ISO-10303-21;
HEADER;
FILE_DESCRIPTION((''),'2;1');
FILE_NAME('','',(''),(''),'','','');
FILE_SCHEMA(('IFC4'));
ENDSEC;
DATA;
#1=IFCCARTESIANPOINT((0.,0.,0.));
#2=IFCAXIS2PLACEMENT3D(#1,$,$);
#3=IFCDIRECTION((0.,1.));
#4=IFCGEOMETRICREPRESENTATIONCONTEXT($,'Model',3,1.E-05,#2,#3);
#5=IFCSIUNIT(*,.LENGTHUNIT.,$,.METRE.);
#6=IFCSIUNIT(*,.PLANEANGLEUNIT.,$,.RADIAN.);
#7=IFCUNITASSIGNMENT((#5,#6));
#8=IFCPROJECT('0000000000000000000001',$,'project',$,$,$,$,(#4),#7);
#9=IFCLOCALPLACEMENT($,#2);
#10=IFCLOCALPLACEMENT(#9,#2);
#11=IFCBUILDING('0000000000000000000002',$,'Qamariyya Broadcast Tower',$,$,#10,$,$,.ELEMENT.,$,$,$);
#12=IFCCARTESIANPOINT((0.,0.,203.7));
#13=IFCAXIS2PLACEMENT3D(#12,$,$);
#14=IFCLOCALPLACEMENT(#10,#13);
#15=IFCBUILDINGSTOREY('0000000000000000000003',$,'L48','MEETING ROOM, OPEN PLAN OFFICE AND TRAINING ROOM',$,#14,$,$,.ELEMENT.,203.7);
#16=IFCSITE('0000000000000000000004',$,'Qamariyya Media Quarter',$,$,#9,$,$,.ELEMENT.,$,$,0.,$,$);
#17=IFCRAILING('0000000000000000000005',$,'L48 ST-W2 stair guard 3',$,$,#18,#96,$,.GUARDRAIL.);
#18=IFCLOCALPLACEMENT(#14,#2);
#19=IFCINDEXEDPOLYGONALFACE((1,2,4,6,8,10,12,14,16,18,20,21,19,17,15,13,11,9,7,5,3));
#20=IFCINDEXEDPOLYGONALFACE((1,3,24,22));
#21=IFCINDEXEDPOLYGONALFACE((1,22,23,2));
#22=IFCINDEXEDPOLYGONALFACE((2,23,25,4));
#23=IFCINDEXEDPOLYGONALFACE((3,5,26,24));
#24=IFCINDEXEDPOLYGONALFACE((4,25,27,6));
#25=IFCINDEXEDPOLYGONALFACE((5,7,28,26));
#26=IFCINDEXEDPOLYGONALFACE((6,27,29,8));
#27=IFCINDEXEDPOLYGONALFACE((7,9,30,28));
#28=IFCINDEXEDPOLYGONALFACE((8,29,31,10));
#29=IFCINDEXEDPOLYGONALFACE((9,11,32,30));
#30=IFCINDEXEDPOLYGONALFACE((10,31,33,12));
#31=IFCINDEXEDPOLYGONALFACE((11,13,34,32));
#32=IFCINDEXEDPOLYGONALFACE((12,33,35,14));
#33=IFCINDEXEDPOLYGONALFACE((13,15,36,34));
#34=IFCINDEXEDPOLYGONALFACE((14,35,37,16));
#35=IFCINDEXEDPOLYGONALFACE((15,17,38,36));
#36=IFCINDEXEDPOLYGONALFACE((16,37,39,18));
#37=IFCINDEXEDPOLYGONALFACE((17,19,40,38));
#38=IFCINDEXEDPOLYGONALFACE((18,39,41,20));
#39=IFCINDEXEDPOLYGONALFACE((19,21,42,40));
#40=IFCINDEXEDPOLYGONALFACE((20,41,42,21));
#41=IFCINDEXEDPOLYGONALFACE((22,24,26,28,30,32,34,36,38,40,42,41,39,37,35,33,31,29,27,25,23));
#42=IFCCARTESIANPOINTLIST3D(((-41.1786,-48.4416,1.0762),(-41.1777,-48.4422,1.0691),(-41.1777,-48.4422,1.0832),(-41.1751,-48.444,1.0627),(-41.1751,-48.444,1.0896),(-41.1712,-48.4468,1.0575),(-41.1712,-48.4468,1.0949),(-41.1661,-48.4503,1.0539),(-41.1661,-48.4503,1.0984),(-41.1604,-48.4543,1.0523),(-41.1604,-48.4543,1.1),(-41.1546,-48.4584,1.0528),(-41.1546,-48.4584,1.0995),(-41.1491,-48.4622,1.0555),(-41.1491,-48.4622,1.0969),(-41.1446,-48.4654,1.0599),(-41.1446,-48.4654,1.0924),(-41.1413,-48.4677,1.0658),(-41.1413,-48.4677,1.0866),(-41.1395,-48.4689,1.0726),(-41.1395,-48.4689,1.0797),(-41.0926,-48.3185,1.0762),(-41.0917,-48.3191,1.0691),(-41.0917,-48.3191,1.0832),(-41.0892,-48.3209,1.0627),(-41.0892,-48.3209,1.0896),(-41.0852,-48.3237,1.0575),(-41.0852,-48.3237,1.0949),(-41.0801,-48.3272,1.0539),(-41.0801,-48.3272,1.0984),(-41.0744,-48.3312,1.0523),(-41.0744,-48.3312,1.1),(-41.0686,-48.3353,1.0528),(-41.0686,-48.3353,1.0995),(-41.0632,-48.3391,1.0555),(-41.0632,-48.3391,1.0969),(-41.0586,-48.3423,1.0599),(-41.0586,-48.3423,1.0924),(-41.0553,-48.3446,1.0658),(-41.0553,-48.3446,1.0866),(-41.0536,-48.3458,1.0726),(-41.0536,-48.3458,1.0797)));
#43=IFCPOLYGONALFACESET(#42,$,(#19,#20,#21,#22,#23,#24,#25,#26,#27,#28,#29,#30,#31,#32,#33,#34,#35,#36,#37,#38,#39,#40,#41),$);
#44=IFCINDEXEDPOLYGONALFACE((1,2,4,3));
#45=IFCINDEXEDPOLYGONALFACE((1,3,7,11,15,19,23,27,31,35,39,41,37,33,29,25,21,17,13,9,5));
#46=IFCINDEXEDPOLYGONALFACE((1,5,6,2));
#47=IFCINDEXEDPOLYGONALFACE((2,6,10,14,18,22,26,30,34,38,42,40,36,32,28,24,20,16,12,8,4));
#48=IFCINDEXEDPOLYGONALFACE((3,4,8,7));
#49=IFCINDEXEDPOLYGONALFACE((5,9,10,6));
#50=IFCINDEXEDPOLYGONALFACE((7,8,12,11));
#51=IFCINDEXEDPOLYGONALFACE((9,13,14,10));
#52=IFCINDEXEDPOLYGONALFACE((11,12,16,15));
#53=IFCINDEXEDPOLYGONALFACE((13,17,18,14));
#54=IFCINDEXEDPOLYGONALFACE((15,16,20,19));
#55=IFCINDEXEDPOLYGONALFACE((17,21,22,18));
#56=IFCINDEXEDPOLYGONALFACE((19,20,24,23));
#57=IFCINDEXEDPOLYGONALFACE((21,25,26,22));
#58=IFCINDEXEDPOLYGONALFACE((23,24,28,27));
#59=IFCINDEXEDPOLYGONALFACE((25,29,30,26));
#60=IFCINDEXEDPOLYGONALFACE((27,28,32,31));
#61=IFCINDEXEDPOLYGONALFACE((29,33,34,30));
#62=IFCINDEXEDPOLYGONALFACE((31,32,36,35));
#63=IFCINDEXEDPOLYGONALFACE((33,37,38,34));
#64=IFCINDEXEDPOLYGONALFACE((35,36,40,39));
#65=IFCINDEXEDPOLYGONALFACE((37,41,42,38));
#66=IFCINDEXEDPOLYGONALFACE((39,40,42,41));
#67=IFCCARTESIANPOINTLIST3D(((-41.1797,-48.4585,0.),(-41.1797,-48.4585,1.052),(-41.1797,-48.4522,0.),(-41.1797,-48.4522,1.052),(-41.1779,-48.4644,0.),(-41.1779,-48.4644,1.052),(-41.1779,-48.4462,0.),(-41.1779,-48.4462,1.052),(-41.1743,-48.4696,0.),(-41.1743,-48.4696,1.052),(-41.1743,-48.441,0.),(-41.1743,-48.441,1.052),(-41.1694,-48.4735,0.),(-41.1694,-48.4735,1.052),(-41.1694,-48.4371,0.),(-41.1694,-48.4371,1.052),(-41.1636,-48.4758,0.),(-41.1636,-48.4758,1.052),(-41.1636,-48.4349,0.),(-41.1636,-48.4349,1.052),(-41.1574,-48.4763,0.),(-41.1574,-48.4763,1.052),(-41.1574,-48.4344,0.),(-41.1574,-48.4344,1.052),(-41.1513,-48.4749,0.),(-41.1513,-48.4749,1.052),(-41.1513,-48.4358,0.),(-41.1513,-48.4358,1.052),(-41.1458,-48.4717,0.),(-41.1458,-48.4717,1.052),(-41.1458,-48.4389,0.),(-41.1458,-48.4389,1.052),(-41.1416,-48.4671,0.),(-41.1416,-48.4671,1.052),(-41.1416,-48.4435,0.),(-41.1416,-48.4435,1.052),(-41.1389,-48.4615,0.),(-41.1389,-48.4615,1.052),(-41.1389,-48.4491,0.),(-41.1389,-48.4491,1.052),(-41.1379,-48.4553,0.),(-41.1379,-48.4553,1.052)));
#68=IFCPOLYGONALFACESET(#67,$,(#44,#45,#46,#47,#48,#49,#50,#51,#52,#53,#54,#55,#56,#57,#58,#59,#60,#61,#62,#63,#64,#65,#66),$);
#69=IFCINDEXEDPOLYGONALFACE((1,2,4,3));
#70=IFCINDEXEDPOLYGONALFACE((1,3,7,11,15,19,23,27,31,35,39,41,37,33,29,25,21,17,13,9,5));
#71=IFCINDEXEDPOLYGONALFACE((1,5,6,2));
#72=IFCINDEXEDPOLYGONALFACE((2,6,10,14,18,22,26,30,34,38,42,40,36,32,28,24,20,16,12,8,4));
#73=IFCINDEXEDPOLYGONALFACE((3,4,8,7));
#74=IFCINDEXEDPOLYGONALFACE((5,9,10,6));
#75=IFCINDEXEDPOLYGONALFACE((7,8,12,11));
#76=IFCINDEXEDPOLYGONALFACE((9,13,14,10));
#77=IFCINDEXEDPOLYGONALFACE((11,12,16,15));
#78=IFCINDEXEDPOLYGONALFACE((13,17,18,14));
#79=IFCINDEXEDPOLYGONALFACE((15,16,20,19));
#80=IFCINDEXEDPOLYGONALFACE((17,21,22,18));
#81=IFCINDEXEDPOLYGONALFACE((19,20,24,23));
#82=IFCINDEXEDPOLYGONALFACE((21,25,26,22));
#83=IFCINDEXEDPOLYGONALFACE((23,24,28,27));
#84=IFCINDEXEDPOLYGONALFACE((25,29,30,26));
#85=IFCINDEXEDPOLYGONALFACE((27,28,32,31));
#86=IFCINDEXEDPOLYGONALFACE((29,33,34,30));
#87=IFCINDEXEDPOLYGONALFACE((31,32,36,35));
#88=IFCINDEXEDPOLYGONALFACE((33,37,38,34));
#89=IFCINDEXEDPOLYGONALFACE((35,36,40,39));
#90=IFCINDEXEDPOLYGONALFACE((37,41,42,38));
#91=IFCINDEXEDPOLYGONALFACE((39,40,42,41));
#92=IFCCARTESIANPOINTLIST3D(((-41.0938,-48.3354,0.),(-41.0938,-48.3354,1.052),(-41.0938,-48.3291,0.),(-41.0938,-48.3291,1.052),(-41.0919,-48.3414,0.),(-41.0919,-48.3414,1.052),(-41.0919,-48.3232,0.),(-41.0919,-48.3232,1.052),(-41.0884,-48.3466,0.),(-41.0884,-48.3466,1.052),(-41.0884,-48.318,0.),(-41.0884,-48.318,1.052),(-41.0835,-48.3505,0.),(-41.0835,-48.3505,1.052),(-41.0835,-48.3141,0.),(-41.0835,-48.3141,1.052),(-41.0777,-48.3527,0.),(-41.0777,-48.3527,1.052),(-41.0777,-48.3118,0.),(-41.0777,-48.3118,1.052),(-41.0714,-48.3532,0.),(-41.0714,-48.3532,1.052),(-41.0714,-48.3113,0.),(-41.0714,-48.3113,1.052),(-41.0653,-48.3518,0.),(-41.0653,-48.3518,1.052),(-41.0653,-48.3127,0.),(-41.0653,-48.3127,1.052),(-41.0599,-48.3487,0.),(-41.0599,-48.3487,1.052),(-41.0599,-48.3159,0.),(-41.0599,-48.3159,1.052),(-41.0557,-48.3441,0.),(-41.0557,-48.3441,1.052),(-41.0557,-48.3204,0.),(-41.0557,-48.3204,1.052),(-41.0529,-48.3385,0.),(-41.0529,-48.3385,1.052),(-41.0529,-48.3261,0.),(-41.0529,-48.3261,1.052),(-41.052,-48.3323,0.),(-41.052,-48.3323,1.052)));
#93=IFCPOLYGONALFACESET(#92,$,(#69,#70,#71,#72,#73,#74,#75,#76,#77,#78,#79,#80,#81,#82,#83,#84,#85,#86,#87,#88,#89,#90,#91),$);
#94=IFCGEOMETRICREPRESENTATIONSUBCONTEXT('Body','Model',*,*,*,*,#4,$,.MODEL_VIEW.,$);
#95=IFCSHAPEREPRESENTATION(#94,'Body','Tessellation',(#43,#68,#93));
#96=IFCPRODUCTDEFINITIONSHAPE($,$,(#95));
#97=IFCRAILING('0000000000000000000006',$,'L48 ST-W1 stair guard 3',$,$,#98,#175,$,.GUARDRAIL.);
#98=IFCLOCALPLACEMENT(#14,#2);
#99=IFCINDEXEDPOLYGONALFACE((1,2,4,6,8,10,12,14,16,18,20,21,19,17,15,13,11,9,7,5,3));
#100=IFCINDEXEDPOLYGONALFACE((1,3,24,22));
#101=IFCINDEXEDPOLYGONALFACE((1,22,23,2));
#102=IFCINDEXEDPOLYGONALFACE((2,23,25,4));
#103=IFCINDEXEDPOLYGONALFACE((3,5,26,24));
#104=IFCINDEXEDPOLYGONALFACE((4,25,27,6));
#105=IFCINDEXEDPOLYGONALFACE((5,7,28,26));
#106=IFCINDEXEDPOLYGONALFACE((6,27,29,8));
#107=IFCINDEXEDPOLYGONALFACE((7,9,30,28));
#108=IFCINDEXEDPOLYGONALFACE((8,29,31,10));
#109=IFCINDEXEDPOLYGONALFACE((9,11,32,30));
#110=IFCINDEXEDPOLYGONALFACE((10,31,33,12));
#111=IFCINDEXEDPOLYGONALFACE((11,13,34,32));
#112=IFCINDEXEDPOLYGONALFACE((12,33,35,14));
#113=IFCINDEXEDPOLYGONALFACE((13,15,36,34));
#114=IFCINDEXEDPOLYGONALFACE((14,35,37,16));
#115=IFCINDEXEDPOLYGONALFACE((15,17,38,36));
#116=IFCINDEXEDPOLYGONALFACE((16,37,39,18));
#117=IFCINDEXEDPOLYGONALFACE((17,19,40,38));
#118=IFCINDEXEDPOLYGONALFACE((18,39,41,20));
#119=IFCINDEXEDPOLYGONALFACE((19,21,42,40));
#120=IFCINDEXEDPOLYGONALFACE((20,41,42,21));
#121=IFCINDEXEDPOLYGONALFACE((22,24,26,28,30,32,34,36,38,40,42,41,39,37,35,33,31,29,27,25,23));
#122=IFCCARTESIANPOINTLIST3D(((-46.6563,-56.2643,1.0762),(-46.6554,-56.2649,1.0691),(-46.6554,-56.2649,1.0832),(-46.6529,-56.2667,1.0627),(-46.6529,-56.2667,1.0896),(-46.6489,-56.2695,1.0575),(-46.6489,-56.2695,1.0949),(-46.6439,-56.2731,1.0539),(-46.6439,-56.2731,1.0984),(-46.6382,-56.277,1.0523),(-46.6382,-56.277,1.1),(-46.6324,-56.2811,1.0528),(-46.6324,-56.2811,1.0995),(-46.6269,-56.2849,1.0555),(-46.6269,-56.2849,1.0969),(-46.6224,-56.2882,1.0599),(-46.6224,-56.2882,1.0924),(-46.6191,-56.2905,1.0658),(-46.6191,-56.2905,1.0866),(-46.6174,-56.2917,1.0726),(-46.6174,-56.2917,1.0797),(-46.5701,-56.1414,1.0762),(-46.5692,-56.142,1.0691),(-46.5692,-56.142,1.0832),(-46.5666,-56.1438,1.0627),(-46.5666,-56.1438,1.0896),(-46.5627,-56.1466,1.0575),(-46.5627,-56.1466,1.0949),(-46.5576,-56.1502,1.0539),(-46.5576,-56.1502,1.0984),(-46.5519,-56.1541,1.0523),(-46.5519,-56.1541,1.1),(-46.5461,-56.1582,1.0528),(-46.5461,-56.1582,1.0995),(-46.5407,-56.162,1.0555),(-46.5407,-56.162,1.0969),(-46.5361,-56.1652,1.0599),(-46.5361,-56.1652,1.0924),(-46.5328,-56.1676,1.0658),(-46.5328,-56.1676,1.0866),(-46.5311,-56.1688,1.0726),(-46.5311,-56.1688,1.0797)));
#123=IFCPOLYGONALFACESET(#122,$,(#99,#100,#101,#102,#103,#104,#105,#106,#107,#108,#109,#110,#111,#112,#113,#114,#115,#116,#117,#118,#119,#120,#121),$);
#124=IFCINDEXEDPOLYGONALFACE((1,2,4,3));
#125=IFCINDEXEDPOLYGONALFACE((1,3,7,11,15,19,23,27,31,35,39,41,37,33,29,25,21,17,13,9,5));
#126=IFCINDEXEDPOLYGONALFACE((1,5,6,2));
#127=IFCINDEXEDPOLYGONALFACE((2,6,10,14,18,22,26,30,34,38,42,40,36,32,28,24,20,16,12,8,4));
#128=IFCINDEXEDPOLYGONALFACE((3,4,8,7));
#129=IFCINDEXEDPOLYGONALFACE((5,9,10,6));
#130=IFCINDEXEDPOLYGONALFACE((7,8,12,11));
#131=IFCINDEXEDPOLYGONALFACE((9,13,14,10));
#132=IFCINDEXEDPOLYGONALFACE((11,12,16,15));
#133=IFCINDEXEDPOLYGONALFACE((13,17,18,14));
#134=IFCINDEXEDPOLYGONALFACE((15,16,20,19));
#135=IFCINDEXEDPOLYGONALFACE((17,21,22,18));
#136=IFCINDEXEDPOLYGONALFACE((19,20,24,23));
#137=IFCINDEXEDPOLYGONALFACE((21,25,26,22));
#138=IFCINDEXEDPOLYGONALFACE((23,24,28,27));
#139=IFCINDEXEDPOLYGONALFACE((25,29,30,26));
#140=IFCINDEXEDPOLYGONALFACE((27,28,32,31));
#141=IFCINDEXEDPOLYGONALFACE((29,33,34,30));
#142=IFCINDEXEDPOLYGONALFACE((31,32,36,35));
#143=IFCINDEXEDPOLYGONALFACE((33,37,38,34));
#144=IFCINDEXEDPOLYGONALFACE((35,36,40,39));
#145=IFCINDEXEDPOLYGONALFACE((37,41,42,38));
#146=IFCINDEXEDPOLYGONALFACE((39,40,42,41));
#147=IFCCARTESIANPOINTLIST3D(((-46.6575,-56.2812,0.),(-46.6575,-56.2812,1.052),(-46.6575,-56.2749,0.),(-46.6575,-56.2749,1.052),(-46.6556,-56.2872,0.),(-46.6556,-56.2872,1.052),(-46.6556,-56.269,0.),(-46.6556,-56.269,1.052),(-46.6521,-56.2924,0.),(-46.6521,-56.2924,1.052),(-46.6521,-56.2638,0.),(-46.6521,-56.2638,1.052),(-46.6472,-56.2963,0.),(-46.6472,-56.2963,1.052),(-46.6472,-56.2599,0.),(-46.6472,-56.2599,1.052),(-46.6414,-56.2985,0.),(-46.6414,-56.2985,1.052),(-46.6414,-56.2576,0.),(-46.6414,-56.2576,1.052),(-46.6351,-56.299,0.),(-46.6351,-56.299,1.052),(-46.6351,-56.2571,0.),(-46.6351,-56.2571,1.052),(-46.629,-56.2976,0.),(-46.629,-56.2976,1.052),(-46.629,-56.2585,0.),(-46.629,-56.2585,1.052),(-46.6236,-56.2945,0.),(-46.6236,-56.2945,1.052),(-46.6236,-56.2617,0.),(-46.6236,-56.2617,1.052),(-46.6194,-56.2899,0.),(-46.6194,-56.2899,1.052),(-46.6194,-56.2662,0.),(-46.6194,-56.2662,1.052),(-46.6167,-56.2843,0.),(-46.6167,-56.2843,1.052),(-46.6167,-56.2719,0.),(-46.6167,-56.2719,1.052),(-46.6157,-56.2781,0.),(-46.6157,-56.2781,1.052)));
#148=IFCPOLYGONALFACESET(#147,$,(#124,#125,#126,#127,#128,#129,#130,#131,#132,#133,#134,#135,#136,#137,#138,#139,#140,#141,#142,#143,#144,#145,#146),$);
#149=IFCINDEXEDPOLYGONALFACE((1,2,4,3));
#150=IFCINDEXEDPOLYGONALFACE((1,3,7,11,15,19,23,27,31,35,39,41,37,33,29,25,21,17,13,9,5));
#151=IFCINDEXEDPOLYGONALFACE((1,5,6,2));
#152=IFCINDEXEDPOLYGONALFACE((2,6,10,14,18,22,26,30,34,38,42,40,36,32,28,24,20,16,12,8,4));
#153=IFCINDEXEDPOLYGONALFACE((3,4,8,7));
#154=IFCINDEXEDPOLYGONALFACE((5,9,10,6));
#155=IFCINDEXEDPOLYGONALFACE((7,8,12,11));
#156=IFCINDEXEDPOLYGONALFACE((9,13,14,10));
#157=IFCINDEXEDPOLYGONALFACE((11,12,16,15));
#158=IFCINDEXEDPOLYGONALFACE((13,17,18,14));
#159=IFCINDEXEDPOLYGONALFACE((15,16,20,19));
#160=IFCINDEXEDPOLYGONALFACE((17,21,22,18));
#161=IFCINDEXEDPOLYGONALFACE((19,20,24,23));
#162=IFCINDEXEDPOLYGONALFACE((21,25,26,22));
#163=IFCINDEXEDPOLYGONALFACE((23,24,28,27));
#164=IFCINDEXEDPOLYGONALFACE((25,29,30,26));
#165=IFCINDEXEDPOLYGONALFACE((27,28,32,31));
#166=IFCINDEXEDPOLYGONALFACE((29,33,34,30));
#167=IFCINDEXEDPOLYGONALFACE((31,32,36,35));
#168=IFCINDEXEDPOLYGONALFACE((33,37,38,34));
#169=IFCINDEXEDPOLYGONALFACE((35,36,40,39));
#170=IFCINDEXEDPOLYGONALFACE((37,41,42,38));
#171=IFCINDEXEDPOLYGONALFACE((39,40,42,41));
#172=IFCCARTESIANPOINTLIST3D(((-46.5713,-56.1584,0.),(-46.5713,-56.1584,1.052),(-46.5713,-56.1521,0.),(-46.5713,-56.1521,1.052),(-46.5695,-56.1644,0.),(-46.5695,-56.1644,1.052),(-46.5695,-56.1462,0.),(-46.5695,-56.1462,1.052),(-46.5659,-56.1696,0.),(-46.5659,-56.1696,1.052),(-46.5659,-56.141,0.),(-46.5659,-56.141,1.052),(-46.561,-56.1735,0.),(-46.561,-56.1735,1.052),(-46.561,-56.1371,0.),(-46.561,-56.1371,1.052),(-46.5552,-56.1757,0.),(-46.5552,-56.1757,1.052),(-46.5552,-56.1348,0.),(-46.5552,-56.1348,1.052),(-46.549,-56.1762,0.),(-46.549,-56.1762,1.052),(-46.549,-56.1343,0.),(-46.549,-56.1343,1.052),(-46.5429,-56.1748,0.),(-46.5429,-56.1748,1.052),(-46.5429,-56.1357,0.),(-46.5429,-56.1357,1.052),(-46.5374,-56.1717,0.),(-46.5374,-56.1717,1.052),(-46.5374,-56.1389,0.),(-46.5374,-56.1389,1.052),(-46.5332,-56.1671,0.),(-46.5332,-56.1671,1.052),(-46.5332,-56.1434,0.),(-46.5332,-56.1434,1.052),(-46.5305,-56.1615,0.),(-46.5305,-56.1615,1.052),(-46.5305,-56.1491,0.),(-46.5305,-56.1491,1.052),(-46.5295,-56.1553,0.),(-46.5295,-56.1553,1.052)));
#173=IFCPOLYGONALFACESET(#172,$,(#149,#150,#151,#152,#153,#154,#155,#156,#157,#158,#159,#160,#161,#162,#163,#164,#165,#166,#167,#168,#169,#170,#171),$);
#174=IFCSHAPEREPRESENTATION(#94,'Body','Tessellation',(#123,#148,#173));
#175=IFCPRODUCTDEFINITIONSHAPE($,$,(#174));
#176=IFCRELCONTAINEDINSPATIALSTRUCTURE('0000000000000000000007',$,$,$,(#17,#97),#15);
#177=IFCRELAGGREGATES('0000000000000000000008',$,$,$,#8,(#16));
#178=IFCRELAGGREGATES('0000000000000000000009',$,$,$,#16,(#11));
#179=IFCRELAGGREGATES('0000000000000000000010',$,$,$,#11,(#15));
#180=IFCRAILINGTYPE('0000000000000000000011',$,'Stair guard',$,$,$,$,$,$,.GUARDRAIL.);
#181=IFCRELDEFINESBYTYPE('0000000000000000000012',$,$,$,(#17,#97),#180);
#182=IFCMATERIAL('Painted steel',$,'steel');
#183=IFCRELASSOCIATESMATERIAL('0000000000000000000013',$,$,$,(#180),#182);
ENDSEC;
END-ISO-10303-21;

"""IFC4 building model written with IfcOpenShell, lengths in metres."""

from ifc_helpers import new_model, si_unit, direction, frame, origin, origin_2d, place, context, subcontext, project, spatial, circle, extrude, material, type_object, element, save


model = new_model("IFC4")

# Units and contexts
model_context = context("Model", 3, precision=1e-05, world=origin(), true_north=direction((0.0, 1.0)))
body_context = subcontext(model_context, "Body", "Model", "MODEL_VIEW")
ifc_project = project(units=[si_unit("LENGTHUNIT", "METRE"), si_unit("PLANEANGLEUNIT", "RADIAN")], contexts=[model_context])

# Site, building, storey
site_placement = place(None, origin())
site = spatial("IfcSite", under=ifc_project, at=site_placement, Name="Qamariyya Media Quarter", CompositionType="ELEMENT", RefElevation=0.0)
building_placement = place(site_placement, origin())
building = spatial("IfcBuilding", under=site, at=building_placement, Name="Qamariyya Broadcast Tower", CompositionType="ELEMENT")
storey_placement = place(building_placement, frame((0.0, 0.0, 203.7)))
storey = spatial("IfcBuildingStorey", under=building, at=storey_placement, Name="L48", Description="MEETING ROOM, OPEN PLAN OFFICE AND TRAINING ROOM", CompositionType="ELEMENT", Elevation=203.7)

# Railings
ifc_material_1 = material(Name="Painted steel", Category="steel")
railing_type_1 = type_object("IfcRailingType", Name="Stair guard", PredefinedType="GUARDRAIL", material=ifc_material_1)
railing_1_placement = place(storey_placement, frame((-41.1589, -48.4553, 0.0)))
element("IfcRailing", 1, at=railing_1_placement, inside=storey, type_object=railing_type_1, Name="L48 ST-W2 stair guard 3", PredefinedType="GUARDRAIL", context=body_context, shape_type="SweptSolid", body=[
    extrude(circle(Radius=0.0239, at=origin_2d()), frame((0.0, 0.0, 1.0762), z_axis=(0.572589, 0.819843, 0.0), x_axis=(-0.819843, 0.572589, 0.0)), (0.0, 0.0, 1.0), 0.1501),
    extrude(circle(Radius=0.021, at=origin_2d()), origin(), (0.0, 0.0, 1.0), 1.052),
    extrude(circle(Radius=0.021, at=origin_2d()), frame((0.0859, 0.123, 0.0)), (0.0, 0.0, 1.0), 1.052),
])
railing_2_placement = place(storey_placement, frame((-46.6367, -56.2781, 0.0)))
element("IfcRailing", 2, at=railing_2_placement, inside=storey, type_object=railing_type_1, Name="L48 ST-W1 stair guard 3", PredefinedType="GUARDRAIL", context=body_context, shape_type="SweptSolid", body=[
    extrude(circle(Radius=0.0239, at=origin_2d()), frame((0.0, 0.0, 1.0762), z_axis=(0.574445, 0.818543, 0.0), x_axis=(-0.818543, 0.574445, 0.0)), (0.0, 0.0, 1.0), 0.1501),
    extrude(circle(Radius=0.021, at=origin_2d()), origin(), (0.0, 0.0, 1.0), 1.052),
    extrude(circle(Radius=0.021, at=origin_2d()), frame((0.0862, 0.1228, 0.0)), (0.0, 0.0, 1.0), 1.052),
])

save(model, "model.ifc")
